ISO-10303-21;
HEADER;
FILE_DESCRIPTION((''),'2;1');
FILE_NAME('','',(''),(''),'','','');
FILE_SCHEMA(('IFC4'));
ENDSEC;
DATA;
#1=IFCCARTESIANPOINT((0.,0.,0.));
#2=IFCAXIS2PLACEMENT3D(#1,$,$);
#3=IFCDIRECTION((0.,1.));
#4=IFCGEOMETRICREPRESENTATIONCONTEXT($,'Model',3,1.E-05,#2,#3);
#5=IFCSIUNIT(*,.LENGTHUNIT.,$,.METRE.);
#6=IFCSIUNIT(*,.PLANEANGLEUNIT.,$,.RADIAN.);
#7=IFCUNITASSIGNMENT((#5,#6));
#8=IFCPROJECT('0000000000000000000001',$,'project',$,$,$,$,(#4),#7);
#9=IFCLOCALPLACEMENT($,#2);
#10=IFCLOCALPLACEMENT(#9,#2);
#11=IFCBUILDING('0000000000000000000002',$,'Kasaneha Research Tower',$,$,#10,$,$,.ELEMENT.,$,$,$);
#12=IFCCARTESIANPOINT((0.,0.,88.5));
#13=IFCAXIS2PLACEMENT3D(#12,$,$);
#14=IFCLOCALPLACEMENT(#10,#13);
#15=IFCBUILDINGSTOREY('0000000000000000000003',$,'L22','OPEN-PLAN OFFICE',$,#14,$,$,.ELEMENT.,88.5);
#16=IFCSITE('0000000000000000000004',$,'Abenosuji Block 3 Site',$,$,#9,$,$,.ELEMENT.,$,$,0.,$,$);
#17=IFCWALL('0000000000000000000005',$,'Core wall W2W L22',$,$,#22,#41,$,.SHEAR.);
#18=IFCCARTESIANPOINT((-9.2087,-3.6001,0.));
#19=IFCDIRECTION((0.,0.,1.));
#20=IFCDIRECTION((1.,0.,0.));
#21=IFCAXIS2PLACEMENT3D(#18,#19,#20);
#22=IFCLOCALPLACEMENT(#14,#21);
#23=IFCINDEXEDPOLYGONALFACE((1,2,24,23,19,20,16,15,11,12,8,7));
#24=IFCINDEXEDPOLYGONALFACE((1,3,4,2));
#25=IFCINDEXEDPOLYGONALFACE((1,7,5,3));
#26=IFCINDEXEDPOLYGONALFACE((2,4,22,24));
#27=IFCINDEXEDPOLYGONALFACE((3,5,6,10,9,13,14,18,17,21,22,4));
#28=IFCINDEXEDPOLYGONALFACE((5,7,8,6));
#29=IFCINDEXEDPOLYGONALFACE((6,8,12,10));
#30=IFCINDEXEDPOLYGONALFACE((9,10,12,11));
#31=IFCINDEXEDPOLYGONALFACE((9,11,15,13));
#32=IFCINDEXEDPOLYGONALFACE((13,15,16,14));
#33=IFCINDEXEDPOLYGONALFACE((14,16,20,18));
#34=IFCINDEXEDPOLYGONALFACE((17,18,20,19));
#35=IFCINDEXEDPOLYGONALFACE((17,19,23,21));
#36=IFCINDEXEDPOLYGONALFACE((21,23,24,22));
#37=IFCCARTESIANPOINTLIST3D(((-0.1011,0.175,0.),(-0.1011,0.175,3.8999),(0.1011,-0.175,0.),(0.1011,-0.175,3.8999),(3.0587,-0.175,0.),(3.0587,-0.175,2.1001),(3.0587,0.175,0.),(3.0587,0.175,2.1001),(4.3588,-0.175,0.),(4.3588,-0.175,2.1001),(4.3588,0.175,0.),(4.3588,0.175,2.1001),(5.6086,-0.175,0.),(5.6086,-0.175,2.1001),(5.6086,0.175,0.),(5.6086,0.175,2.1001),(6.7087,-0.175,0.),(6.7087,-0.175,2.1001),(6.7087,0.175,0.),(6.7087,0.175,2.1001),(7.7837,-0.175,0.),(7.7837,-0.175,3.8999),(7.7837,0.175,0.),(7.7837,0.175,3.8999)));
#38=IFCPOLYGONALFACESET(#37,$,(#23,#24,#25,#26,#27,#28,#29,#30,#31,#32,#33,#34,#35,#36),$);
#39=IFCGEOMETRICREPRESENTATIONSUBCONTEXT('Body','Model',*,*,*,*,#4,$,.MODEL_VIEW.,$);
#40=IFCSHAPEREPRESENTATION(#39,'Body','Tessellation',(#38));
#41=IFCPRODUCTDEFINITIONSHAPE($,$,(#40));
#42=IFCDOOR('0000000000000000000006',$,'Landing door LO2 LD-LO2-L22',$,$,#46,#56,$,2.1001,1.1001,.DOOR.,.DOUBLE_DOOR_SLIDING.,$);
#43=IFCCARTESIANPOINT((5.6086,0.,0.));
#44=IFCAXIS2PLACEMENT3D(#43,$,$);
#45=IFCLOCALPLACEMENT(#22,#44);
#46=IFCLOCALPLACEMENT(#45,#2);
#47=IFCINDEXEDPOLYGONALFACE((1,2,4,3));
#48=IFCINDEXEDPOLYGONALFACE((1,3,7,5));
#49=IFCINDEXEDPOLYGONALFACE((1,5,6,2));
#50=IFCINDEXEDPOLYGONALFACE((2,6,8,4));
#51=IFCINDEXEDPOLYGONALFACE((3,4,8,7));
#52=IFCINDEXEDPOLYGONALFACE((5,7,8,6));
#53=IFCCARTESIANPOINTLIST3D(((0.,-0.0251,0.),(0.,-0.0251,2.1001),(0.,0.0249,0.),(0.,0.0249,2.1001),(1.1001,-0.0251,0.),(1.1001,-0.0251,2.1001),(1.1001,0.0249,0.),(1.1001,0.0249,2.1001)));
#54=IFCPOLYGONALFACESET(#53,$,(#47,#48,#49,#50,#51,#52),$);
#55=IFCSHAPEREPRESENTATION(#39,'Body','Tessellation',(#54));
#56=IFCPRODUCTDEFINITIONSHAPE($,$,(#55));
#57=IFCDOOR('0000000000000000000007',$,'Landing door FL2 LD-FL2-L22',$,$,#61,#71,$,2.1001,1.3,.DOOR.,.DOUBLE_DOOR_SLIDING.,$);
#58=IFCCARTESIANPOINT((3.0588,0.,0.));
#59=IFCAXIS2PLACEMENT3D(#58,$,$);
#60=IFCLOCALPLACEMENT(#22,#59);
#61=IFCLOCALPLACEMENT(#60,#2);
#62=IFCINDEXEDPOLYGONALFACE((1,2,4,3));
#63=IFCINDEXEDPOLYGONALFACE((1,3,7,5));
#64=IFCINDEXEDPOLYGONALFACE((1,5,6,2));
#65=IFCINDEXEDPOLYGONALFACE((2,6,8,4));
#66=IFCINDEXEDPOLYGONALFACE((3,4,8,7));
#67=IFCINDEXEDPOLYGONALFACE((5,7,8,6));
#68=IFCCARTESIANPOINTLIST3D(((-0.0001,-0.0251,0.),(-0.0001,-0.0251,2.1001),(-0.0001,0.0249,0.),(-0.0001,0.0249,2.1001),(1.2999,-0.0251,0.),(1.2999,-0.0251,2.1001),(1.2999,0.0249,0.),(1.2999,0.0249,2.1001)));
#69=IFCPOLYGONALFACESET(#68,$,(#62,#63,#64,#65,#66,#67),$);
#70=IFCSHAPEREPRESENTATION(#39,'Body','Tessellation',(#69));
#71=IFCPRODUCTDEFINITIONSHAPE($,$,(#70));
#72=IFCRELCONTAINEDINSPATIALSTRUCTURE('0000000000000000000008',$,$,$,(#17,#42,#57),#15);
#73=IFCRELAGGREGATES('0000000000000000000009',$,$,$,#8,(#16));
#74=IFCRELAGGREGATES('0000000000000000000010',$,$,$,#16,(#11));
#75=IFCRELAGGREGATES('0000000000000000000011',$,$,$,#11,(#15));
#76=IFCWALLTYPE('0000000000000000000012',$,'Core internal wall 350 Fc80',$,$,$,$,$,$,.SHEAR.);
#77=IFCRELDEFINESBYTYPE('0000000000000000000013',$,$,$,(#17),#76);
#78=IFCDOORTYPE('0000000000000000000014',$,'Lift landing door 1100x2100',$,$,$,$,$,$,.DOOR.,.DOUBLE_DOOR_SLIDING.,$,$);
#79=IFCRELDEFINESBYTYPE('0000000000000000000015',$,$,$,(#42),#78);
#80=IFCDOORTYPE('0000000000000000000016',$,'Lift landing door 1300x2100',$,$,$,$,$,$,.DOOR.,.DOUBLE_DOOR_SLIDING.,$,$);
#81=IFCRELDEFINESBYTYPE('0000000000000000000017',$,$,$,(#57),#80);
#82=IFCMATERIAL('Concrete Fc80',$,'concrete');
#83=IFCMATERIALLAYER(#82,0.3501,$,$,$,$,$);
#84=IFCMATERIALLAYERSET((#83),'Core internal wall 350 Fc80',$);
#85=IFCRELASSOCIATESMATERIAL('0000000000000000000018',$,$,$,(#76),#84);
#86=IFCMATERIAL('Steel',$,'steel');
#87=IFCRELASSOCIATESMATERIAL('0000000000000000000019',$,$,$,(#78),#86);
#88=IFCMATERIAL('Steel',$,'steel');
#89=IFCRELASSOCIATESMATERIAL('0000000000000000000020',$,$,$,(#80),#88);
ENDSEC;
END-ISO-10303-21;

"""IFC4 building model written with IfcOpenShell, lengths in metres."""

from ifc_helpers import new_model, si_unit, direction, frame, frame_2d, origin, place, context, subcontext, project, spatial, polyline, rectangle, outline, extrude, material, layer, layer_set, type_object, element, fill, save


model = new_model("IFC4")

# Units and contexts
model_context = context("Model", 3, precision=1e-05, world=origin(), true_north=direction((0.0, 1.0)))
body_context = subcontext(model_context, "Body", "Model", "MODEL_VIEW")
ifc_project = project(units=[si_unit("LENGTHUNIT", "METRE"), si_unit("PLANEANGLEUNIT", "RADIAN")], contexts=[model_context])

# Site, building, storey
site_placement = place(None, origin())
site = spatial("IfcSite", under=ifc_project, at=site_placement, Name="Abenosuji Block 3 Site", CompositionType="ELEMENT", RefElevation=0.0)
building_placement = place(site_placement, origin())
building = spatial("IfcBuilding", under=site, at=building_placement, Name="Kasaneha Research Tower", CompositionType="ELEMENT")
storey_placement = place(building_placement, frame((0.0, 0.0, 88.5)))
storey = spatial("IfcBuildingStorey", under=building, at=storey_placement, Name="L22", Description="OPEN-PLAN OFFICE", CompositionType="ELEMENT", Elevation=88.5)

# Wall, openings, doors
ifc_material_1 = material(Name="Concrete Fc80", Category="concrete")
ifc_layer_1 = layer(ifc_material_1, 0.3501)
ifc_layer_set_1 = layer_set([ifc_layer_1], Name="Core internal wall 350 Fc80")
wall_type_1 = type_object("IfcWallType", Name="Core internal wall 350 Fc80", PredefinedType="SHEAR", material=ifc_layer_set_1)
wall_1_placement = place(storey_placement, frame((-9.2087, -3.6001, 0.0), z_axis=(0.0, 0.0, 1.0), x_axis=(1.0, 0.0, 0.0)))
wall_1 = element("IfcWall", 1, at=wall_1_placement, inside=storey, type_object=wall_type_1, Name="Core wall W2W L22", PredefinedType="SHEAR", context=body_context, shape_type="SweptSolid", body=[
    extrude(outline(polyline([(0.1011, -0.175), (3.0588, -0.175), (4.3589, -0.175), (5.6086, -0.175), (6.7087, -0.175), (7.7837, -0.175), (7.7837, 0.175), (6.7087, 0.175), (5.6086, 0.175), (4.3589, 0.175), (3.0588, 0.175), (-0.1011, 0.175), (0.1011, -0.175)])), origin(), (0.0, 0.0, 1.0), 3.8999),
])
opening_1_placement = place(wall_1_placement, frame((5.6086, 0.0, 0.0)))
opening_1 = element("IfcOpeningElement", 2, at=opening_1_placement, cuts=wall_1, PredefinedType="OPENING", context=body_context, shape_type="SweptSolid", body=[
    extrude(rectangle(XDim=1.1001, YDim=2.1001, at=frame_2d((0.55, 1.05))), frame((0.0, 0.1851, 0.0), z_axis=(0.0, -1.0, 0.0), x_axis=(1.0, 0.0, 0.0)), (0.0, 0.0, 1.0), 0.3701),
])
opening_2_placement = place(wall_1_placement, frame((3.0588, 0.0, 0.0)))
opening_2 = element("IfcOpeningElement", 3, at=opening_2_placement, cuts=wall_1, PredefinedType="OPENING", context=body_context, shape_type="SweptSolid", body=[
    extrude(rectangle(XDim=1.3, YDim=2.1001, at=frame_2d((0.6499, 1.05))), frame((0.0, 0.1851, 0.0), z_axis=(0.0, -1.0, 0.0), x_axis=(1.0, 0.0, 0.0)), (0.0, 0.0, 1.0), 0.3701),
])
ifc_material_2 = material(Name="Steel", Category="steel")
door_type_1 = type_object("IfcDoorType", Name="Lift landing door 1100x2100", OperationType="DOUBLE_DOOR_SLIDING", PredefinedType="DOOR", material=ifc_material_2)
door_1_placement = place(opening_1_placement, origin())
door_1 = element("IfcDoor", 4, at=door_1_placement, inside=storey, type_object=door_type_1, Name="Landing door LO2 LD-LO2-L22", OperationType="DOUBLE_DOOR_SLIDING", OverallHeight=2.1001, OverallWidth=1.1001, PredefinedType="DOOR", context=body_context, shape_type="SweptSolid", body=[
    extrude(rectangle(XDim=1.1001, YDim=2.1001, at=frame_2d((0.55, 1.05))), frame((0.0, 0.0249, 0.0), z_axis=(0.0, -1.0, 0.0), x_axis=(1.0, 0.0, 0.0)), (0.0, 0.0, 1.0), 0.05),
])
fill(opening_1, door_1)
ifc_material_3 = material(Name="Steel", Category="steel")
door_type_2 = type_object("IfcDoorType", Name="Lift landing door 1300x2100", OperationType="DOUBLE_DOOR_SLIDING", PredefinedType="DOOR", material=ifc_material_3)
door_2_placement = place(opening_2_placement, origin())
door_2 = element("IfcDoor", 5, at=door_2_placement, inside=storey, type_object=door_type_2, Name="Landing door FL2 LD-FL2-L22", OperationType="DOUBLE_DOOR_SLIDING", OverallHeight=2.1001, OverallWidth=1.3, PredefinedType="DOOR", context=body_context, shape_type="SweptSolid", body=[
    extrude(rectangle(XDim=1.3, YDim=2.1001, at=frame_2d((0.6499, 1.05))), frame((0.0, 0.0249, 0.0), z_axis=(0.0, -1.0, 0.0), x_axis=(1.0, 0.0, 0.0)), (0.0, 0.0, 1.0), 0.05),
])
fill(opening_2, door_2)

save(model, "model.ifc")
